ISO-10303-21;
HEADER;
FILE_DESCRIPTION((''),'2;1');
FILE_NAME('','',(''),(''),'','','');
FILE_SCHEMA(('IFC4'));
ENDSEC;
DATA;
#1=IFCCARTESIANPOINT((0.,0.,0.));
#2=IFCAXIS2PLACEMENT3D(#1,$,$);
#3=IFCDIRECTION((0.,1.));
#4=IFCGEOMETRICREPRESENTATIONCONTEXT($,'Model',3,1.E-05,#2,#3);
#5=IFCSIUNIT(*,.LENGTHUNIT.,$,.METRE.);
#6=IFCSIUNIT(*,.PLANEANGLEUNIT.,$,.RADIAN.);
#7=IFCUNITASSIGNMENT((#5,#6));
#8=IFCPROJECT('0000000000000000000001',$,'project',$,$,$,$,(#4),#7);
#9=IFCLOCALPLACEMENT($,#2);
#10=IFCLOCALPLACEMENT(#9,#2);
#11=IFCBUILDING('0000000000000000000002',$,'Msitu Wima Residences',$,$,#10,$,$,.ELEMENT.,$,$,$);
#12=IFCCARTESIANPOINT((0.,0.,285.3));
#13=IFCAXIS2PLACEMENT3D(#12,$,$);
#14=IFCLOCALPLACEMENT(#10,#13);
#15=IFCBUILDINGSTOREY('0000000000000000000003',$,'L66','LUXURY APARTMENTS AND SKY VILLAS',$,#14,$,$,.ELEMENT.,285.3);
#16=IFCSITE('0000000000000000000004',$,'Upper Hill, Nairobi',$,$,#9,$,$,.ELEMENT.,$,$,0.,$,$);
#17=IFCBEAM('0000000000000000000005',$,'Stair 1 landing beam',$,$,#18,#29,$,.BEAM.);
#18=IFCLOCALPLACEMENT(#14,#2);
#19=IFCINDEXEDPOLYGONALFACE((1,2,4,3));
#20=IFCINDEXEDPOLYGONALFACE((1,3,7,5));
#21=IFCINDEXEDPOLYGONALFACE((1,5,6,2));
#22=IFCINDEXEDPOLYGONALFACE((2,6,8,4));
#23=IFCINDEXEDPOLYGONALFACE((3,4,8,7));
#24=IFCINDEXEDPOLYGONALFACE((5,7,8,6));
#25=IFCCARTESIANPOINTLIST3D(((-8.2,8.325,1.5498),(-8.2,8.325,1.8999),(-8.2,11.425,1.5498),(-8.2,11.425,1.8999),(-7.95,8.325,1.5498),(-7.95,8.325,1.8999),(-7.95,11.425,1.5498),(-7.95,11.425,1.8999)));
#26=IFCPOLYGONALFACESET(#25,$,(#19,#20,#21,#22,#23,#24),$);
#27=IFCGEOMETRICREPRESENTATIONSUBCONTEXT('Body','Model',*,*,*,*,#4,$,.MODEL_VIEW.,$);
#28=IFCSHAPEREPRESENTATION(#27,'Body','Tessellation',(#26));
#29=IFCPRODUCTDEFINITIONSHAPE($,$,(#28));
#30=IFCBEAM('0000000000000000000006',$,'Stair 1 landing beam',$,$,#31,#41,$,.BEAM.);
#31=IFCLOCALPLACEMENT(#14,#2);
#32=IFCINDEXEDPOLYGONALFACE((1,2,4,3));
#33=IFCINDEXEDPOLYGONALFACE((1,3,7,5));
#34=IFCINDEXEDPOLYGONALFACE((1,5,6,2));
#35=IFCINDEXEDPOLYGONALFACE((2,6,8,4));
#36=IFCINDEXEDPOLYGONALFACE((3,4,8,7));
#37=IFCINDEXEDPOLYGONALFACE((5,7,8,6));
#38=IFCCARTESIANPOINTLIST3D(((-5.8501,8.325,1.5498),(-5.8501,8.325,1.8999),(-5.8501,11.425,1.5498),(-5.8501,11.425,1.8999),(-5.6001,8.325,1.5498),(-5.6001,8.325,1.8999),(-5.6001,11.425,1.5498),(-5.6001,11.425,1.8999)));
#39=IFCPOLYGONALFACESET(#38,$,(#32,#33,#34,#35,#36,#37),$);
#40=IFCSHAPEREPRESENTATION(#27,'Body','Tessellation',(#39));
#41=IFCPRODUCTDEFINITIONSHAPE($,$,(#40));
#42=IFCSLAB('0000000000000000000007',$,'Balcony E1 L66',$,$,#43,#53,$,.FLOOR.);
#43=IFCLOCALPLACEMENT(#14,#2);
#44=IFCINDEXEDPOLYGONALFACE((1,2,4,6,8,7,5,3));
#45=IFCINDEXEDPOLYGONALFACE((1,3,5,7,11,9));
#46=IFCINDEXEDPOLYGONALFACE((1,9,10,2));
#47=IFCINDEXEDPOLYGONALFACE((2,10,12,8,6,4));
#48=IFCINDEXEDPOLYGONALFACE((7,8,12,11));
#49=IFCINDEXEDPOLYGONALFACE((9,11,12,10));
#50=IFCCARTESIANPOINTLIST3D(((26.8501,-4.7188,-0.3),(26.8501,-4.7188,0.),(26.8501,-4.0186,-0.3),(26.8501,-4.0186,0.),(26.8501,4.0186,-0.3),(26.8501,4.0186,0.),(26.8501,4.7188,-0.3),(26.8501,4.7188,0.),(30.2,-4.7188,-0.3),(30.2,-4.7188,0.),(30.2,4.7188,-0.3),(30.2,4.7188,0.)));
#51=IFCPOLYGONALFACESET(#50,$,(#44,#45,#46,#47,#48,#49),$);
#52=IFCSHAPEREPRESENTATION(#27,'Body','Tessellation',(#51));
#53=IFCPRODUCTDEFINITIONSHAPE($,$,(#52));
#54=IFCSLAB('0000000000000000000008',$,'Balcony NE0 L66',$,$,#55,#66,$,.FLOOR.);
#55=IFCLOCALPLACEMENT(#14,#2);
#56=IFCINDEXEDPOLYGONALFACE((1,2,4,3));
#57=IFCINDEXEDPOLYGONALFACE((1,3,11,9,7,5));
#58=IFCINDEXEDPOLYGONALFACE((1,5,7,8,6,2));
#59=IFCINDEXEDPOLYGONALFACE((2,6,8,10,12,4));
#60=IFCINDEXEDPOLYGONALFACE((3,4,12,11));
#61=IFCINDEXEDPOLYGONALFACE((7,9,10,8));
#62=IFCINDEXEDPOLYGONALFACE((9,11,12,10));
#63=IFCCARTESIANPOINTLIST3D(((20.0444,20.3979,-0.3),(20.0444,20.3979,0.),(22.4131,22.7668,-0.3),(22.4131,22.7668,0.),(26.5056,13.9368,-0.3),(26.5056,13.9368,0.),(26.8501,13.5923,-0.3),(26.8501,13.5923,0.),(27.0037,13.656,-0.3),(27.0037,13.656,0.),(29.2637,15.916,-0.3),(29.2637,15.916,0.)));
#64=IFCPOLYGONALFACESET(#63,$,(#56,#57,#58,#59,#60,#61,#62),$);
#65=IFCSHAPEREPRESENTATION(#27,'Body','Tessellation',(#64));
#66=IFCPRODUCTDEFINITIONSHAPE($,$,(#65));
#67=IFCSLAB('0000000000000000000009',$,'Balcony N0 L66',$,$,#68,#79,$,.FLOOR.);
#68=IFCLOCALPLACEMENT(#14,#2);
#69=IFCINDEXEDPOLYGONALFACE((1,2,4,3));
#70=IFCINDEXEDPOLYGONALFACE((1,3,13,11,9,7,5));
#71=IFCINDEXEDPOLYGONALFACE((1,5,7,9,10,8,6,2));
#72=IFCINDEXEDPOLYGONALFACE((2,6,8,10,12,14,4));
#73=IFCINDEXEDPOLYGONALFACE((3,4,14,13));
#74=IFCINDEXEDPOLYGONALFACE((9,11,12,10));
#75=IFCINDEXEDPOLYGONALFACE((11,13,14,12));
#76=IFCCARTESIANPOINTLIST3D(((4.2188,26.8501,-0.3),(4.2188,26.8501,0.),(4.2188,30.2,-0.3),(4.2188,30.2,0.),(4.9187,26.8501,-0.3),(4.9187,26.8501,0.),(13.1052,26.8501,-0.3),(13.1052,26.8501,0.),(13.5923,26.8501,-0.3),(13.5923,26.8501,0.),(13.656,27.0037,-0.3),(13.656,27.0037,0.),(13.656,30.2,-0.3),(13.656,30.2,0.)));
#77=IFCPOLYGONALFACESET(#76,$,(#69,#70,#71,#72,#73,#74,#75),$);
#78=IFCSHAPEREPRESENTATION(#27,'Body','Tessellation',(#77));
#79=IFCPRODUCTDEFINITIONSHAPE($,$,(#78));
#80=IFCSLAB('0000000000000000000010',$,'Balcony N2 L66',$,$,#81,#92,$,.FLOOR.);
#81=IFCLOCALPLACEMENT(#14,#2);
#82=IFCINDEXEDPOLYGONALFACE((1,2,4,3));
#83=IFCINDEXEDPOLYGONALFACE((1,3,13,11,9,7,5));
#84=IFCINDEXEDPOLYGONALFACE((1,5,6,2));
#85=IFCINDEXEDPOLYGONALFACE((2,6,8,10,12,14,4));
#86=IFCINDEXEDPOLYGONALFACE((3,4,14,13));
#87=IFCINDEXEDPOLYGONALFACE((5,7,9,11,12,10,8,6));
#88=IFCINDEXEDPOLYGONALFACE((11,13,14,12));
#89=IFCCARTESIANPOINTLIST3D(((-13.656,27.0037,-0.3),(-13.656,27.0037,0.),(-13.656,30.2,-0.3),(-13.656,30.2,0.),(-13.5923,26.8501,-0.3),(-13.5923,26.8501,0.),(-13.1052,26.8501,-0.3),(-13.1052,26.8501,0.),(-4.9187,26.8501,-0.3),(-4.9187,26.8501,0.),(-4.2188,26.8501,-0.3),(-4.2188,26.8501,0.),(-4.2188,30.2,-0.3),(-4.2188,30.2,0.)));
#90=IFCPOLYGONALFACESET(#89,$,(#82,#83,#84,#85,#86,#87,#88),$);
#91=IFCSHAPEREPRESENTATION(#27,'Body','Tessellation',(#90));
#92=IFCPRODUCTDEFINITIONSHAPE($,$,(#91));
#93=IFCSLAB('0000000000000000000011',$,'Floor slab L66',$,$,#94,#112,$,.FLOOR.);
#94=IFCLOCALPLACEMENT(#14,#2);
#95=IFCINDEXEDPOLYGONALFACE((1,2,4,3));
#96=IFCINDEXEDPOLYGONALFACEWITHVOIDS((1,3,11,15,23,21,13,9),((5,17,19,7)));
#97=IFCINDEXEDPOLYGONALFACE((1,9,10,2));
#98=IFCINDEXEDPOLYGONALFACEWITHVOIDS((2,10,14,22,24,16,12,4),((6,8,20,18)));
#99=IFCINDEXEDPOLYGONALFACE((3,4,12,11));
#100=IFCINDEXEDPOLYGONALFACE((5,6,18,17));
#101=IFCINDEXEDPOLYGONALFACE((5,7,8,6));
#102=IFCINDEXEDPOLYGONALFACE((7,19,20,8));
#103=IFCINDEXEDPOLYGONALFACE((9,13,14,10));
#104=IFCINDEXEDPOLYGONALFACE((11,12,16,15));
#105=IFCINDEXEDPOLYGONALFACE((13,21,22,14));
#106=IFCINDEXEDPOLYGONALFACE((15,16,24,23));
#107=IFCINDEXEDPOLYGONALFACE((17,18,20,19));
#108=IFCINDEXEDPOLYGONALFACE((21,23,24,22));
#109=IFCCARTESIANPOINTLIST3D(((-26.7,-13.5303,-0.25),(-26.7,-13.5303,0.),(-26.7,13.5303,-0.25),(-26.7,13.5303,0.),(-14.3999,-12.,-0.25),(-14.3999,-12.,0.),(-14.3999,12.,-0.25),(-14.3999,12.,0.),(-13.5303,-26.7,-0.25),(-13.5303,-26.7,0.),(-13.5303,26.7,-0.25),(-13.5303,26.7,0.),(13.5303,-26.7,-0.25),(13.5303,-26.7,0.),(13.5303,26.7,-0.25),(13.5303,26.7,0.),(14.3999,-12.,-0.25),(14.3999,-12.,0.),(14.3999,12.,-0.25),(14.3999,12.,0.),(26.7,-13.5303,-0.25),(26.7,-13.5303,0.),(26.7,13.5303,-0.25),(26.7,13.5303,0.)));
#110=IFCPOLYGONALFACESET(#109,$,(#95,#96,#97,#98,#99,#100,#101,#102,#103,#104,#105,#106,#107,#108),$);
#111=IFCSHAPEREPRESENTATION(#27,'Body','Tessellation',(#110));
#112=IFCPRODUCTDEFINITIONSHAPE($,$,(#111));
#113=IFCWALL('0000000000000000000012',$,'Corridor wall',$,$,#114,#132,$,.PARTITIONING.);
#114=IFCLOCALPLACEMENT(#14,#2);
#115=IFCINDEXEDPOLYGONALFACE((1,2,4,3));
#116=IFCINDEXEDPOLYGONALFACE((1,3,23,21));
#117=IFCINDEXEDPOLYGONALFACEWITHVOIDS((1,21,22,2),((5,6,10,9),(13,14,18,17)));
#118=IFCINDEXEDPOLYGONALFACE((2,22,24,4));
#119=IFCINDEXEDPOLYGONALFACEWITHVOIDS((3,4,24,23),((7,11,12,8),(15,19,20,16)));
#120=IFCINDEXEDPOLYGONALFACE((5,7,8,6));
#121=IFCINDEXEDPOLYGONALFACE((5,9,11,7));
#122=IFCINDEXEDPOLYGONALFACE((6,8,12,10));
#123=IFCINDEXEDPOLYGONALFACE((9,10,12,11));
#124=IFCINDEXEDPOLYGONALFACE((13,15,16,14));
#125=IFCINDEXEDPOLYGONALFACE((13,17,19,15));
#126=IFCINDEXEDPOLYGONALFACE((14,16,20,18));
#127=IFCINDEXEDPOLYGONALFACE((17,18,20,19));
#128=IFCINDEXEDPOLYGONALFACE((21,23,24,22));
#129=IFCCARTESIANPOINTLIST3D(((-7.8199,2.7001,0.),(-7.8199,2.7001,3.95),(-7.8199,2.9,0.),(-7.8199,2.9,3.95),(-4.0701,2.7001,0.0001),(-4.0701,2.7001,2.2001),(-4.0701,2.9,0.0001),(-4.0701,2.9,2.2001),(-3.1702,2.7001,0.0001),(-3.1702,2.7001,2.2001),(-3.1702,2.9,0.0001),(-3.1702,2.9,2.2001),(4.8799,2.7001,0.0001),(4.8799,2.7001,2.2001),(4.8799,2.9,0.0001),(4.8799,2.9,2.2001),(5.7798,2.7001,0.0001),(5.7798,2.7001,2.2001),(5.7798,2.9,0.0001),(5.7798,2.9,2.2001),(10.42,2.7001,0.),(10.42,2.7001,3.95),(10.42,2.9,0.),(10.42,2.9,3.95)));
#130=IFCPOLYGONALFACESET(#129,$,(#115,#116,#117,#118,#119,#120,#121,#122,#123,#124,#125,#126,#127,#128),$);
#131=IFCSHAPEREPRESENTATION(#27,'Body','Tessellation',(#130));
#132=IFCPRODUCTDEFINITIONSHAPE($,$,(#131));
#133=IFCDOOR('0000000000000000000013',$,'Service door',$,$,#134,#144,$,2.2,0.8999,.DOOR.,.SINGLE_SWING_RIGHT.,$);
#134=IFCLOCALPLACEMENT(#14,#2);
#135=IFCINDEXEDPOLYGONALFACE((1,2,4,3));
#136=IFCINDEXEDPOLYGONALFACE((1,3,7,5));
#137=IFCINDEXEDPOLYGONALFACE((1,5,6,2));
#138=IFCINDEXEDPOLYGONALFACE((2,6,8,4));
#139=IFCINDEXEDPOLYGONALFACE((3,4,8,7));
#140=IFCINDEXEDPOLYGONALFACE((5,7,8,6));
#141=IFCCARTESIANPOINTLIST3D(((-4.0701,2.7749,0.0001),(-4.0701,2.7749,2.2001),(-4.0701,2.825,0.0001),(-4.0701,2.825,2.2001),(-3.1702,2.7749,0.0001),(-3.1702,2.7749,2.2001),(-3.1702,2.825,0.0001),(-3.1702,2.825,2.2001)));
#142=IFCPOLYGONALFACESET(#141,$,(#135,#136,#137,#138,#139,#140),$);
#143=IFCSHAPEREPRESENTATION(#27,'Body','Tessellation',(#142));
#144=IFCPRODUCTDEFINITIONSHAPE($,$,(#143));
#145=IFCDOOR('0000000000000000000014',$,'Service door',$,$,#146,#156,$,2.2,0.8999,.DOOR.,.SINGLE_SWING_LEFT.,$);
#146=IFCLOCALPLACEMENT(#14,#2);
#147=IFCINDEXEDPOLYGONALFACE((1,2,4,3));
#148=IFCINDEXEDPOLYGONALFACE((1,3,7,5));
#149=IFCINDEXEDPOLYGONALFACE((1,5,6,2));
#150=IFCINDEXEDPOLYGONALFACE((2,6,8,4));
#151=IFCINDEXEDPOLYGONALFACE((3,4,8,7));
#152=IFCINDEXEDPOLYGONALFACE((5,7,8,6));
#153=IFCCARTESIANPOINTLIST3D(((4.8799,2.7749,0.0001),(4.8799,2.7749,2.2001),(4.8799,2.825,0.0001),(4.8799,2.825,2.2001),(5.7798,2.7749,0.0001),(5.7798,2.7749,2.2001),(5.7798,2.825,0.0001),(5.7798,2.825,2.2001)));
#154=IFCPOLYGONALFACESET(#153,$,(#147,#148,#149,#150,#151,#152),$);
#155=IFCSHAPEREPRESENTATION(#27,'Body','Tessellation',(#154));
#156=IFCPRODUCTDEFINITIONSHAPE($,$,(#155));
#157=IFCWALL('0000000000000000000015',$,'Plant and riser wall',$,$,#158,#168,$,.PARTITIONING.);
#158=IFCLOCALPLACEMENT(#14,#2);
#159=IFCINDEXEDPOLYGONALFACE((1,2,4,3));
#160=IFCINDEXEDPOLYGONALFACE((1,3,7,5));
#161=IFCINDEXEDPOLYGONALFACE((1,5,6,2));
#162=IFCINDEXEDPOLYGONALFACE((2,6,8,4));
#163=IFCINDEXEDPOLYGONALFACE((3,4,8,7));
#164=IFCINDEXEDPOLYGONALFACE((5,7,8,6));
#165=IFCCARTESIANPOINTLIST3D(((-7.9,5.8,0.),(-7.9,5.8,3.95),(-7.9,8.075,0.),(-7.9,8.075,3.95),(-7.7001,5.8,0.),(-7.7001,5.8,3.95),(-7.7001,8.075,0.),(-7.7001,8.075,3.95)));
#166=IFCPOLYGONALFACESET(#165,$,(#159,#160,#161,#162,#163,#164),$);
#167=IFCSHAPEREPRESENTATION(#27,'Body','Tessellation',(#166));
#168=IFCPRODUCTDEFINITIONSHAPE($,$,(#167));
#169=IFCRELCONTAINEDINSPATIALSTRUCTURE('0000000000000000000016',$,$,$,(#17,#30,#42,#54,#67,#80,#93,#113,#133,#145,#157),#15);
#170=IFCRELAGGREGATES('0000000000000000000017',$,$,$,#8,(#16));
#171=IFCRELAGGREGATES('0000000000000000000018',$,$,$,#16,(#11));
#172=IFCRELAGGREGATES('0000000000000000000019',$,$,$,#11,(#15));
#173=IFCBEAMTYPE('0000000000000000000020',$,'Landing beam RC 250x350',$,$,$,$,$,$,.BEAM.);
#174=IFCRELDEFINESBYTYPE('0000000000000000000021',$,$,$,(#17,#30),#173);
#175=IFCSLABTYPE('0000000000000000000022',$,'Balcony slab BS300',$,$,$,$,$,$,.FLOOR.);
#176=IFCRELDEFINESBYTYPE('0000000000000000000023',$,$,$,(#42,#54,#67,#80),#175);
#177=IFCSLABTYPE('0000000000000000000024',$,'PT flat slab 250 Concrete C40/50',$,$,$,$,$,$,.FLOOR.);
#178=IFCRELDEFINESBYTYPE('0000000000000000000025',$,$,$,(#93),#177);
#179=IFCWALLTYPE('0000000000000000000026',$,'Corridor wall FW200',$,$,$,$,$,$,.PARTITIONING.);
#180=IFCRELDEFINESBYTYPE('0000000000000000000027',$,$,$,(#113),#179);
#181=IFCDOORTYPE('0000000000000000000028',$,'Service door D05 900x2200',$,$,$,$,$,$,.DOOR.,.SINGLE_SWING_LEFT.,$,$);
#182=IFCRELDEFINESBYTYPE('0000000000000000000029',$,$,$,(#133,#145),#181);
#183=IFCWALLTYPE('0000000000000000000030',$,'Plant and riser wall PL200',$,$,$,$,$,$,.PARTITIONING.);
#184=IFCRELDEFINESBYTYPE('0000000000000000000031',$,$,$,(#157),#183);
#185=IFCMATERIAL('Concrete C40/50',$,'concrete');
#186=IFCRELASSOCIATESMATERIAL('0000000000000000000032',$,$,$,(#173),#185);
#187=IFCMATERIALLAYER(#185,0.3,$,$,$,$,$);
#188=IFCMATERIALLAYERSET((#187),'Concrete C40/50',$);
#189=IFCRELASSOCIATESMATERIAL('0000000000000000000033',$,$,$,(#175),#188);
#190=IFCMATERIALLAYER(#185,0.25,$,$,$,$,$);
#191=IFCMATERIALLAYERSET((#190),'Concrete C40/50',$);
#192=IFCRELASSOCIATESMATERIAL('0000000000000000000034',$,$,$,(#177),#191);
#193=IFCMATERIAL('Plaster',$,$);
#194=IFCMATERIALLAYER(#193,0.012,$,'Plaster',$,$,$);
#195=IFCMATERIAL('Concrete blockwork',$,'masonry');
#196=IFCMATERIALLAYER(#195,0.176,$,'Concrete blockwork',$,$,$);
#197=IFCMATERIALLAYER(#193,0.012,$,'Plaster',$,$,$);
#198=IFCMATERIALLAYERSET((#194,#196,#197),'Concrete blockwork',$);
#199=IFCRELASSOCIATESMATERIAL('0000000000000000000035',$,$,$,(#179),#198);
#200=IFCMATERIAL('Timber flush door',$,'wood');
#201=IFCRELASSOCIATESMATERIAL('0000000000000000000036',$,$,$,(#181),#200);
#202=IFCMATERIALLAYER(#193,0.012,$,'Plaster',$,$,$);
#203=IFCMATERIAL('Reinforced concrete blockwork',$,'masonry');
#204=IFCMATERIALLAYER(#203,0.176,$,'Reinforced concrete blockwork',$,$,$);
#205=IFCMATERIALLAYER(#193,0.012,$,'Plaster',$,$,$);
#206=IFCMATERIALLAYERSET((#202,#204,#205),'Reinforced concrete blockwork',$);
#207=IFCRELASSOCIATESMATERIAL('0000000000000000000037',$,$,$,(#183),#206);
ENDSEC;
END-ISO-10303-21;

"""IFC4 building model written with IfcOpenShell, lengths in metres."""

from ifc_helpers import new_model, si_unit, direction, frame, frame_2d, origin, origin_2d, place, context, subcontext, project, spatial, polyline, rectangle, outline, extrude, material, layer, layer_set, material_profile, profile_set, type_object, element, fill, save


model = new_model("IFC4")

# Units and contexts
model_context = context("Model", 3, precision=1e-05, world=origin(), true_north=direction((0.0, 1.0)))
body_context = subcontext(model_context, "Body", "Model", "MODEL_VIEW")
ifc_project = project(units=[si_unit("LENGTHUNIT", "METRE"), si_unit("PLANEANGLEUNIT", "RADIAN")], contexts=[model_context])

# Site, building, storey
site_placement = place(None, origin())
site = spatial("IfcSite", under=ifc_project, at=site_placement, Name="Upper Hill, Nairobi", CompositionType="ELEMENT", RefElevation=0.0)
building_placement = place(site_placement, origin())
building = spatial("IfcBuilding", under=site, at=building_placement, Name="Msitu Wima Residences", CompositionType="ELEMENT")
storey_placement = place(building_placement, frame((0.0, 0.0, 285.3)))
storey = spatial("IfcBuildingStorey", under=building, at=storey_placement, Name="L66", Description="LUXURY APARTMENTS AND SKY VILLAS", CompositionType="ELEMENT", Elevation=285.3)

# Beams
ifc_material_1 = material(Name="Concrete C40/50", Category="concrete")
ifc_material_profile = material_profile(ifc_material_1, rectangle(XDim=0.25, YDim=0.3501, at=origin_2d()), Name="RC 250x350")
ifc_profile_set = profile_set([ifc_material_profile], Name="Concrete C40/50")
beam_type = type_object("IfcBeamType", Name="Landing beam RC 250x350", PredefinedType="BEAM", material=ifc_profile_set)
for number, where, z_axis, x_axis, name in (
    (1, (-8.075, 8.325, 1.7249), (0.0, 1.0, 0.0), (-1.0, 0.0, 0.0), "Stair 1 landing beam"),
    (2, (-5.7251, 8.325, 1.7249), (0.0, 1.0, 0.0), (-1.0, 0.0, 0.0), "Stair 1 landing beam"),
):
    element("IfcBeam", number, at=place(storey_placement, frame(where, z_axis=z_axis, x_axis=x_axis)), inside=storey, type_object=beam_type, Name=name, PredefinedType="BEAM", context=body_context, shape_type="SweptSolid", body=[
        extrude(rectangle(XDim=0.25, YDim=0.3501, at=origin_2d()), origin(), (0.0, 0.0, 1.0), 3.1001),
    ])

# Slabs
ifc_layer_1 = layer(ifc_material_1, 0.3)
ifc_layer_set_1 = layer_set([ifc_layer_1], Name="Concrete C40/50")
slab_type_1 = type_object("IfcSlabType", Name="Balcony slab BS300", PredefinedType="FLOOR", material=ifc_layer_set_1)
slab_1_placement = place(storey_placement, frame((0.0, 0.0, -0.3)))
element("IfcSlab", 3, at=slab_1_placement, inside=storey, type_object=slab_type_1, Name="Balcony E1 L66", PredefinedType="FLOOR", context=body_context, shape_type="SweptSolid", body=[
    extrude(outline(polyline([(26.8501, -4.0186), (26.8501, 4.0186), (26.8501, 4.7188), (30.2, 4.7188), (30.2, -4.7188), (26.8501, -4.7188), (26.8501, -4.0186)])), origin(), (0.0, 0.0, 1.0), 0.3),
])
slab_2_placement = place(storey_placement, frame((0.0, 0.0, -0.3)))
element("IfcSlab", 4, at=slab_2_placement, inside=storey, type_object=slab_type_1, Name="Balcony NE0 L66", PredefinedType="FLOOR", context=body_context, shape_type="SweptSolid", body=[
    extrude(outline(polyline([(26.5056, 13.9368), (26.5056, 13.9368), (20.0444, 20.3979), (22.4131, 22.7668), (29.2637, 15.916), (27.0037, 13.656), (26.8501, 13.5923), (26.5056, 13.9368), (26.5056, 13.9368)])), origin(), (0.0, 0.0, 1.0), 0.3),
])
slab_3_placement = place(storey_placement, frame((0.0, 0.0, -0.3)))
element("IfcSlab", 5, at=slab_3_placement, inside=storey, type_object=slab_type_1, Name="Balcony N0 L66", PredefinedType="FLOOR", context=body_context, shape_type="SweptSolid", body=[
    extrude(outline(polyline([(13.1052, 26.8501), (13.1052, 26.8501), (4.9187, 26.8501), (4.2188, 26.8501), (4.2188, 30.2), (13.656, 30.2), (13.656, 27.0037), (13.5923, 26.8501), (13.1052, 26.8501), (13.1052, 26.8501)])), origin(), (0.0, 0.0, 1.0), 0.3),
])
slab_4_placement = place(storey_placement, frame((0.0, 0.0, -0.3)))
element("IfcSlab", 6, at=slab_4_placement, inside=storey, type_object=slab_type_1, Name="Balcony N2 L66", PredefinedType="FLOOR", context=body_context, shape_type="SweptSolid", body=[
    extrude(outline(polyline([(-13.1052, 26.8501), (-13.1052, 26.8501), (-13.1052, 26.8501), (-13.5923, 26.8501), (-13.656, 27.0037), (-13.656, 30.2), (-4.2188, 30.2), (-4.2188, 26.8501), (-4.9187, 26.8501), (-13.1052, 26.8501)])), origin(), (0.0, 0.0, 1.0), 0.3),
])
ifc_layer_2 = layer(ifc_material_1, 0.25)
ifc_layer_set_2 = layer_set([ifc_layer_2], Name="Concrete C40/50")
slab_type_2 = type_object("IfcSlabType", Name="PT flat slab 250 Concrete C40/50", PredefinedType="FLOOR", material=ifc_layer_set_2)
slab_5_placement = place(storey_placement, frame((0.0, 0.0, -0.25)))
element("IfcSlab", 7, at=slab_5_placement, inside=storey, type_object=slab_type_2, Name="Floor slab L66", PredefinedType="FLOOR", context=body_context, shape_type="SweptSolid", body=[
    extrude(outline(polyline([(26.7, -13.5303), (13.5303, -26.7), (-13.5303, -26.7), (-26.7, -13.5303), (-26.7, 13.5303), (-13.5303, 26.7), (13.5303, 26.7), (26.7, 13.5303), (26.7, -13.5303)]), holes=[polyline([(-14.3999, -12.0), (14.3999, -12.0), (14.3999, 12.0), (-14.3999, 12.0), (-14.3999, -12.0)])]), origin(), (0.0, 0.0, 1.0), 0.25),
])

# Wall, openings, doors
ifc_material_2 = material(Name="Plaster")
ifc_layer_3 = layer(ifc_material_2, 0.012, Name="Plaster")
ifc_material_3 = material(Name="Concrete blockwork", Category="masonry")
ifc_layer_4 = layer(ifc_material_3, 0.176, Name="Concrete blockwork")
ifc_layer_5 = layer(ifc_material_2, 0.012, Name="Plaster")
ifc_layer_set_3 = layer_set([ifc_layer_3, ifc_layer_4, ifc_layer_5], Name="Concrete blockwork")
wall_type_1 = type_object("IfcWallType", Name="Corridor wall FW200", PredefinedType="PARTITIONING", material=ifc_layer_set_3)
wall_1_placement = place(storey_placement, frame((-7.8201, 2.8, 0.0), z_axis=(0.0, 0.0, 1.0), x_axis=(1.0, 0.0, 0.0)))
wall_1 = element("IfcWall", 8, at=wall_1_placement, inside=storey, type_object=wall_type_1, Name="Corridor wall", PredefinedType="PARTITIONING", context=body_context, shape_type="SweptSolid", body=[
    extrude(rectangle(XDim=18.24, YDim=0.2, at=frame_2d((9.1201, 0.0))), origin(), (0.0, 0.0, 1.0), 3.95),
])
opening_1_placement = place(wall_1_placement, frame((3.75, 0.0, 0.0)))
opening_1 = element("IfcOpeningElement", 9, at=opening_1_placement, cuts=wall_1, PredefinedType="OPENING", context=body_context, shape_type="SweptSolid", body=[
    extrude(rectangle(XDim=0.8999, YDim=2.2, at=frame_2d((0.45, 1.1001))), frame((0.0, 0.1099, 0.0), z_axis=(0.0, -1.0, 0.0), x_axis=(1.0, 0.0, 0.0)), (0.0, 0.0, 1.0), 0.22),
])
opening_2_placement = place(wall_1_placement, frame((12.7, 0.0, 0.0)))
opening_2 = element("IfcOpeningElement", 10, at=opening_2_placement, cuts=wall_1, PredefinedType="OPENING", context=body_context, shape_type="SweptSolid", body=[
    extrude(rectangle(XDim=0.8999, YDim=2.2, at=frame_2d((0.45, 1.1001))), frame((0.0, 0.1099, 0.0), z_axis=(0.0, -1.0, 0.0), x_axis=(1.0, 0.0, 0.0)), (0.0, 0.0, 1.0), 0.22),
])
ifc_material_4 = material(Name="Timber flush door", Category="wood")
door_type_1 = type_object("IfcDoorType", Name="Service door D05 900x2200", OperationType="SINGLE_SWING_LEFT", PredefinedType="DOOR", material=ifc_material_4)
door_1_placement = place(opening_1_placement, origin())
door_1 = element("IfcDoor", 11, at=door_1_placement, inside=storey, type_object=door_type_1, Name="Service door", OperationType="SINGLE_SWING_RIGHT", OverallHeight=2.2, OverallWidth=0.8999, PredefinedType="DOOR", context=body_context, shape_type="SweptSolid", body=[
    extrude(rectangle(XDim=0.8999, YDim=2.2, at=frame_2d((0.45, 1.1001))), frame((0.0, 0.0249, 0.0), z_axis=(0.0, -1.0, 0.0), x_axis=(1.0, 0.0, 0.0)), (0.0, 0.0, 1.0), 0.05),
])
fill(opening_1, door_1)
door_2_placement = place(opening_2_placement, origin())
door_2 = element("IfcDoor", 12, at=door_2_placement, inside=storey, type_object=door_type_1, Name="Service door", OperationType="SINGLE_SWING_LEFT", OverallHeight=2.2, OverallWidth=0.8999, PredefinedType="DOOR", context=body_context, shape_type="SweptSolid", body=[
    extrude(rectangle(XDim=0.8999, YDim=2.2, at=frame_2d((0.45, 1.1001))), frame((0.0, 0.0249, 0.0), z_axis=(0.0, -1.0, 0.0), x_axis=(1.0, 0.0, 0.0)), (0.0, 0.0, 1.0), 0.05),
])
fill(opening_2, door_2)

# Wall
ifc_layer_6 = layer(ifc_material_2, 0.012, Name="Plaster")
ifc_material_5 = material(Name="Reinforced concrete blockwork", Category="masonry")
ifc_layer_7 = layer(ifc_material_5, 0.176, Name="Reinforced concrete blockwork")
ifc_layer_8 = layer(ifc_material_2, 0.012, Name="Plaster")
ifc_layer_set_4 = layer_set([ifc_layer_6, ifc_layer_7, ifc_layer_8], Name="Reinforced concrete blockwork")
wall_type_2 = type_object("IfcWallType", Name="Plant and riser wall PL200", PredefinedType="PARTITIONING", material=ifc_layer_set_4)
wall_2_placement = place(storey_placement, frame((-7.8, 5.8, 0.0), z_axis=(0.0, 0.0, 1.0), x_axis=(0.0, 1.0, 0.0)))
element("IfcWall", 13, at=wall_2_placement, inside=storey, type_object=wall_type_2, Name="Plant and riser wall", PredefinedType="PARTITIONING", context=body_context, shape_type="SweptSolid", body=[
    extrude(rectangle(XDim=2.2749, YDim=0.2, at=frame_2d((1.1375, 0.0))), origin(), (0.0, 0.0, 1.0), 3.95),
])

save(model, "model.ifc")
